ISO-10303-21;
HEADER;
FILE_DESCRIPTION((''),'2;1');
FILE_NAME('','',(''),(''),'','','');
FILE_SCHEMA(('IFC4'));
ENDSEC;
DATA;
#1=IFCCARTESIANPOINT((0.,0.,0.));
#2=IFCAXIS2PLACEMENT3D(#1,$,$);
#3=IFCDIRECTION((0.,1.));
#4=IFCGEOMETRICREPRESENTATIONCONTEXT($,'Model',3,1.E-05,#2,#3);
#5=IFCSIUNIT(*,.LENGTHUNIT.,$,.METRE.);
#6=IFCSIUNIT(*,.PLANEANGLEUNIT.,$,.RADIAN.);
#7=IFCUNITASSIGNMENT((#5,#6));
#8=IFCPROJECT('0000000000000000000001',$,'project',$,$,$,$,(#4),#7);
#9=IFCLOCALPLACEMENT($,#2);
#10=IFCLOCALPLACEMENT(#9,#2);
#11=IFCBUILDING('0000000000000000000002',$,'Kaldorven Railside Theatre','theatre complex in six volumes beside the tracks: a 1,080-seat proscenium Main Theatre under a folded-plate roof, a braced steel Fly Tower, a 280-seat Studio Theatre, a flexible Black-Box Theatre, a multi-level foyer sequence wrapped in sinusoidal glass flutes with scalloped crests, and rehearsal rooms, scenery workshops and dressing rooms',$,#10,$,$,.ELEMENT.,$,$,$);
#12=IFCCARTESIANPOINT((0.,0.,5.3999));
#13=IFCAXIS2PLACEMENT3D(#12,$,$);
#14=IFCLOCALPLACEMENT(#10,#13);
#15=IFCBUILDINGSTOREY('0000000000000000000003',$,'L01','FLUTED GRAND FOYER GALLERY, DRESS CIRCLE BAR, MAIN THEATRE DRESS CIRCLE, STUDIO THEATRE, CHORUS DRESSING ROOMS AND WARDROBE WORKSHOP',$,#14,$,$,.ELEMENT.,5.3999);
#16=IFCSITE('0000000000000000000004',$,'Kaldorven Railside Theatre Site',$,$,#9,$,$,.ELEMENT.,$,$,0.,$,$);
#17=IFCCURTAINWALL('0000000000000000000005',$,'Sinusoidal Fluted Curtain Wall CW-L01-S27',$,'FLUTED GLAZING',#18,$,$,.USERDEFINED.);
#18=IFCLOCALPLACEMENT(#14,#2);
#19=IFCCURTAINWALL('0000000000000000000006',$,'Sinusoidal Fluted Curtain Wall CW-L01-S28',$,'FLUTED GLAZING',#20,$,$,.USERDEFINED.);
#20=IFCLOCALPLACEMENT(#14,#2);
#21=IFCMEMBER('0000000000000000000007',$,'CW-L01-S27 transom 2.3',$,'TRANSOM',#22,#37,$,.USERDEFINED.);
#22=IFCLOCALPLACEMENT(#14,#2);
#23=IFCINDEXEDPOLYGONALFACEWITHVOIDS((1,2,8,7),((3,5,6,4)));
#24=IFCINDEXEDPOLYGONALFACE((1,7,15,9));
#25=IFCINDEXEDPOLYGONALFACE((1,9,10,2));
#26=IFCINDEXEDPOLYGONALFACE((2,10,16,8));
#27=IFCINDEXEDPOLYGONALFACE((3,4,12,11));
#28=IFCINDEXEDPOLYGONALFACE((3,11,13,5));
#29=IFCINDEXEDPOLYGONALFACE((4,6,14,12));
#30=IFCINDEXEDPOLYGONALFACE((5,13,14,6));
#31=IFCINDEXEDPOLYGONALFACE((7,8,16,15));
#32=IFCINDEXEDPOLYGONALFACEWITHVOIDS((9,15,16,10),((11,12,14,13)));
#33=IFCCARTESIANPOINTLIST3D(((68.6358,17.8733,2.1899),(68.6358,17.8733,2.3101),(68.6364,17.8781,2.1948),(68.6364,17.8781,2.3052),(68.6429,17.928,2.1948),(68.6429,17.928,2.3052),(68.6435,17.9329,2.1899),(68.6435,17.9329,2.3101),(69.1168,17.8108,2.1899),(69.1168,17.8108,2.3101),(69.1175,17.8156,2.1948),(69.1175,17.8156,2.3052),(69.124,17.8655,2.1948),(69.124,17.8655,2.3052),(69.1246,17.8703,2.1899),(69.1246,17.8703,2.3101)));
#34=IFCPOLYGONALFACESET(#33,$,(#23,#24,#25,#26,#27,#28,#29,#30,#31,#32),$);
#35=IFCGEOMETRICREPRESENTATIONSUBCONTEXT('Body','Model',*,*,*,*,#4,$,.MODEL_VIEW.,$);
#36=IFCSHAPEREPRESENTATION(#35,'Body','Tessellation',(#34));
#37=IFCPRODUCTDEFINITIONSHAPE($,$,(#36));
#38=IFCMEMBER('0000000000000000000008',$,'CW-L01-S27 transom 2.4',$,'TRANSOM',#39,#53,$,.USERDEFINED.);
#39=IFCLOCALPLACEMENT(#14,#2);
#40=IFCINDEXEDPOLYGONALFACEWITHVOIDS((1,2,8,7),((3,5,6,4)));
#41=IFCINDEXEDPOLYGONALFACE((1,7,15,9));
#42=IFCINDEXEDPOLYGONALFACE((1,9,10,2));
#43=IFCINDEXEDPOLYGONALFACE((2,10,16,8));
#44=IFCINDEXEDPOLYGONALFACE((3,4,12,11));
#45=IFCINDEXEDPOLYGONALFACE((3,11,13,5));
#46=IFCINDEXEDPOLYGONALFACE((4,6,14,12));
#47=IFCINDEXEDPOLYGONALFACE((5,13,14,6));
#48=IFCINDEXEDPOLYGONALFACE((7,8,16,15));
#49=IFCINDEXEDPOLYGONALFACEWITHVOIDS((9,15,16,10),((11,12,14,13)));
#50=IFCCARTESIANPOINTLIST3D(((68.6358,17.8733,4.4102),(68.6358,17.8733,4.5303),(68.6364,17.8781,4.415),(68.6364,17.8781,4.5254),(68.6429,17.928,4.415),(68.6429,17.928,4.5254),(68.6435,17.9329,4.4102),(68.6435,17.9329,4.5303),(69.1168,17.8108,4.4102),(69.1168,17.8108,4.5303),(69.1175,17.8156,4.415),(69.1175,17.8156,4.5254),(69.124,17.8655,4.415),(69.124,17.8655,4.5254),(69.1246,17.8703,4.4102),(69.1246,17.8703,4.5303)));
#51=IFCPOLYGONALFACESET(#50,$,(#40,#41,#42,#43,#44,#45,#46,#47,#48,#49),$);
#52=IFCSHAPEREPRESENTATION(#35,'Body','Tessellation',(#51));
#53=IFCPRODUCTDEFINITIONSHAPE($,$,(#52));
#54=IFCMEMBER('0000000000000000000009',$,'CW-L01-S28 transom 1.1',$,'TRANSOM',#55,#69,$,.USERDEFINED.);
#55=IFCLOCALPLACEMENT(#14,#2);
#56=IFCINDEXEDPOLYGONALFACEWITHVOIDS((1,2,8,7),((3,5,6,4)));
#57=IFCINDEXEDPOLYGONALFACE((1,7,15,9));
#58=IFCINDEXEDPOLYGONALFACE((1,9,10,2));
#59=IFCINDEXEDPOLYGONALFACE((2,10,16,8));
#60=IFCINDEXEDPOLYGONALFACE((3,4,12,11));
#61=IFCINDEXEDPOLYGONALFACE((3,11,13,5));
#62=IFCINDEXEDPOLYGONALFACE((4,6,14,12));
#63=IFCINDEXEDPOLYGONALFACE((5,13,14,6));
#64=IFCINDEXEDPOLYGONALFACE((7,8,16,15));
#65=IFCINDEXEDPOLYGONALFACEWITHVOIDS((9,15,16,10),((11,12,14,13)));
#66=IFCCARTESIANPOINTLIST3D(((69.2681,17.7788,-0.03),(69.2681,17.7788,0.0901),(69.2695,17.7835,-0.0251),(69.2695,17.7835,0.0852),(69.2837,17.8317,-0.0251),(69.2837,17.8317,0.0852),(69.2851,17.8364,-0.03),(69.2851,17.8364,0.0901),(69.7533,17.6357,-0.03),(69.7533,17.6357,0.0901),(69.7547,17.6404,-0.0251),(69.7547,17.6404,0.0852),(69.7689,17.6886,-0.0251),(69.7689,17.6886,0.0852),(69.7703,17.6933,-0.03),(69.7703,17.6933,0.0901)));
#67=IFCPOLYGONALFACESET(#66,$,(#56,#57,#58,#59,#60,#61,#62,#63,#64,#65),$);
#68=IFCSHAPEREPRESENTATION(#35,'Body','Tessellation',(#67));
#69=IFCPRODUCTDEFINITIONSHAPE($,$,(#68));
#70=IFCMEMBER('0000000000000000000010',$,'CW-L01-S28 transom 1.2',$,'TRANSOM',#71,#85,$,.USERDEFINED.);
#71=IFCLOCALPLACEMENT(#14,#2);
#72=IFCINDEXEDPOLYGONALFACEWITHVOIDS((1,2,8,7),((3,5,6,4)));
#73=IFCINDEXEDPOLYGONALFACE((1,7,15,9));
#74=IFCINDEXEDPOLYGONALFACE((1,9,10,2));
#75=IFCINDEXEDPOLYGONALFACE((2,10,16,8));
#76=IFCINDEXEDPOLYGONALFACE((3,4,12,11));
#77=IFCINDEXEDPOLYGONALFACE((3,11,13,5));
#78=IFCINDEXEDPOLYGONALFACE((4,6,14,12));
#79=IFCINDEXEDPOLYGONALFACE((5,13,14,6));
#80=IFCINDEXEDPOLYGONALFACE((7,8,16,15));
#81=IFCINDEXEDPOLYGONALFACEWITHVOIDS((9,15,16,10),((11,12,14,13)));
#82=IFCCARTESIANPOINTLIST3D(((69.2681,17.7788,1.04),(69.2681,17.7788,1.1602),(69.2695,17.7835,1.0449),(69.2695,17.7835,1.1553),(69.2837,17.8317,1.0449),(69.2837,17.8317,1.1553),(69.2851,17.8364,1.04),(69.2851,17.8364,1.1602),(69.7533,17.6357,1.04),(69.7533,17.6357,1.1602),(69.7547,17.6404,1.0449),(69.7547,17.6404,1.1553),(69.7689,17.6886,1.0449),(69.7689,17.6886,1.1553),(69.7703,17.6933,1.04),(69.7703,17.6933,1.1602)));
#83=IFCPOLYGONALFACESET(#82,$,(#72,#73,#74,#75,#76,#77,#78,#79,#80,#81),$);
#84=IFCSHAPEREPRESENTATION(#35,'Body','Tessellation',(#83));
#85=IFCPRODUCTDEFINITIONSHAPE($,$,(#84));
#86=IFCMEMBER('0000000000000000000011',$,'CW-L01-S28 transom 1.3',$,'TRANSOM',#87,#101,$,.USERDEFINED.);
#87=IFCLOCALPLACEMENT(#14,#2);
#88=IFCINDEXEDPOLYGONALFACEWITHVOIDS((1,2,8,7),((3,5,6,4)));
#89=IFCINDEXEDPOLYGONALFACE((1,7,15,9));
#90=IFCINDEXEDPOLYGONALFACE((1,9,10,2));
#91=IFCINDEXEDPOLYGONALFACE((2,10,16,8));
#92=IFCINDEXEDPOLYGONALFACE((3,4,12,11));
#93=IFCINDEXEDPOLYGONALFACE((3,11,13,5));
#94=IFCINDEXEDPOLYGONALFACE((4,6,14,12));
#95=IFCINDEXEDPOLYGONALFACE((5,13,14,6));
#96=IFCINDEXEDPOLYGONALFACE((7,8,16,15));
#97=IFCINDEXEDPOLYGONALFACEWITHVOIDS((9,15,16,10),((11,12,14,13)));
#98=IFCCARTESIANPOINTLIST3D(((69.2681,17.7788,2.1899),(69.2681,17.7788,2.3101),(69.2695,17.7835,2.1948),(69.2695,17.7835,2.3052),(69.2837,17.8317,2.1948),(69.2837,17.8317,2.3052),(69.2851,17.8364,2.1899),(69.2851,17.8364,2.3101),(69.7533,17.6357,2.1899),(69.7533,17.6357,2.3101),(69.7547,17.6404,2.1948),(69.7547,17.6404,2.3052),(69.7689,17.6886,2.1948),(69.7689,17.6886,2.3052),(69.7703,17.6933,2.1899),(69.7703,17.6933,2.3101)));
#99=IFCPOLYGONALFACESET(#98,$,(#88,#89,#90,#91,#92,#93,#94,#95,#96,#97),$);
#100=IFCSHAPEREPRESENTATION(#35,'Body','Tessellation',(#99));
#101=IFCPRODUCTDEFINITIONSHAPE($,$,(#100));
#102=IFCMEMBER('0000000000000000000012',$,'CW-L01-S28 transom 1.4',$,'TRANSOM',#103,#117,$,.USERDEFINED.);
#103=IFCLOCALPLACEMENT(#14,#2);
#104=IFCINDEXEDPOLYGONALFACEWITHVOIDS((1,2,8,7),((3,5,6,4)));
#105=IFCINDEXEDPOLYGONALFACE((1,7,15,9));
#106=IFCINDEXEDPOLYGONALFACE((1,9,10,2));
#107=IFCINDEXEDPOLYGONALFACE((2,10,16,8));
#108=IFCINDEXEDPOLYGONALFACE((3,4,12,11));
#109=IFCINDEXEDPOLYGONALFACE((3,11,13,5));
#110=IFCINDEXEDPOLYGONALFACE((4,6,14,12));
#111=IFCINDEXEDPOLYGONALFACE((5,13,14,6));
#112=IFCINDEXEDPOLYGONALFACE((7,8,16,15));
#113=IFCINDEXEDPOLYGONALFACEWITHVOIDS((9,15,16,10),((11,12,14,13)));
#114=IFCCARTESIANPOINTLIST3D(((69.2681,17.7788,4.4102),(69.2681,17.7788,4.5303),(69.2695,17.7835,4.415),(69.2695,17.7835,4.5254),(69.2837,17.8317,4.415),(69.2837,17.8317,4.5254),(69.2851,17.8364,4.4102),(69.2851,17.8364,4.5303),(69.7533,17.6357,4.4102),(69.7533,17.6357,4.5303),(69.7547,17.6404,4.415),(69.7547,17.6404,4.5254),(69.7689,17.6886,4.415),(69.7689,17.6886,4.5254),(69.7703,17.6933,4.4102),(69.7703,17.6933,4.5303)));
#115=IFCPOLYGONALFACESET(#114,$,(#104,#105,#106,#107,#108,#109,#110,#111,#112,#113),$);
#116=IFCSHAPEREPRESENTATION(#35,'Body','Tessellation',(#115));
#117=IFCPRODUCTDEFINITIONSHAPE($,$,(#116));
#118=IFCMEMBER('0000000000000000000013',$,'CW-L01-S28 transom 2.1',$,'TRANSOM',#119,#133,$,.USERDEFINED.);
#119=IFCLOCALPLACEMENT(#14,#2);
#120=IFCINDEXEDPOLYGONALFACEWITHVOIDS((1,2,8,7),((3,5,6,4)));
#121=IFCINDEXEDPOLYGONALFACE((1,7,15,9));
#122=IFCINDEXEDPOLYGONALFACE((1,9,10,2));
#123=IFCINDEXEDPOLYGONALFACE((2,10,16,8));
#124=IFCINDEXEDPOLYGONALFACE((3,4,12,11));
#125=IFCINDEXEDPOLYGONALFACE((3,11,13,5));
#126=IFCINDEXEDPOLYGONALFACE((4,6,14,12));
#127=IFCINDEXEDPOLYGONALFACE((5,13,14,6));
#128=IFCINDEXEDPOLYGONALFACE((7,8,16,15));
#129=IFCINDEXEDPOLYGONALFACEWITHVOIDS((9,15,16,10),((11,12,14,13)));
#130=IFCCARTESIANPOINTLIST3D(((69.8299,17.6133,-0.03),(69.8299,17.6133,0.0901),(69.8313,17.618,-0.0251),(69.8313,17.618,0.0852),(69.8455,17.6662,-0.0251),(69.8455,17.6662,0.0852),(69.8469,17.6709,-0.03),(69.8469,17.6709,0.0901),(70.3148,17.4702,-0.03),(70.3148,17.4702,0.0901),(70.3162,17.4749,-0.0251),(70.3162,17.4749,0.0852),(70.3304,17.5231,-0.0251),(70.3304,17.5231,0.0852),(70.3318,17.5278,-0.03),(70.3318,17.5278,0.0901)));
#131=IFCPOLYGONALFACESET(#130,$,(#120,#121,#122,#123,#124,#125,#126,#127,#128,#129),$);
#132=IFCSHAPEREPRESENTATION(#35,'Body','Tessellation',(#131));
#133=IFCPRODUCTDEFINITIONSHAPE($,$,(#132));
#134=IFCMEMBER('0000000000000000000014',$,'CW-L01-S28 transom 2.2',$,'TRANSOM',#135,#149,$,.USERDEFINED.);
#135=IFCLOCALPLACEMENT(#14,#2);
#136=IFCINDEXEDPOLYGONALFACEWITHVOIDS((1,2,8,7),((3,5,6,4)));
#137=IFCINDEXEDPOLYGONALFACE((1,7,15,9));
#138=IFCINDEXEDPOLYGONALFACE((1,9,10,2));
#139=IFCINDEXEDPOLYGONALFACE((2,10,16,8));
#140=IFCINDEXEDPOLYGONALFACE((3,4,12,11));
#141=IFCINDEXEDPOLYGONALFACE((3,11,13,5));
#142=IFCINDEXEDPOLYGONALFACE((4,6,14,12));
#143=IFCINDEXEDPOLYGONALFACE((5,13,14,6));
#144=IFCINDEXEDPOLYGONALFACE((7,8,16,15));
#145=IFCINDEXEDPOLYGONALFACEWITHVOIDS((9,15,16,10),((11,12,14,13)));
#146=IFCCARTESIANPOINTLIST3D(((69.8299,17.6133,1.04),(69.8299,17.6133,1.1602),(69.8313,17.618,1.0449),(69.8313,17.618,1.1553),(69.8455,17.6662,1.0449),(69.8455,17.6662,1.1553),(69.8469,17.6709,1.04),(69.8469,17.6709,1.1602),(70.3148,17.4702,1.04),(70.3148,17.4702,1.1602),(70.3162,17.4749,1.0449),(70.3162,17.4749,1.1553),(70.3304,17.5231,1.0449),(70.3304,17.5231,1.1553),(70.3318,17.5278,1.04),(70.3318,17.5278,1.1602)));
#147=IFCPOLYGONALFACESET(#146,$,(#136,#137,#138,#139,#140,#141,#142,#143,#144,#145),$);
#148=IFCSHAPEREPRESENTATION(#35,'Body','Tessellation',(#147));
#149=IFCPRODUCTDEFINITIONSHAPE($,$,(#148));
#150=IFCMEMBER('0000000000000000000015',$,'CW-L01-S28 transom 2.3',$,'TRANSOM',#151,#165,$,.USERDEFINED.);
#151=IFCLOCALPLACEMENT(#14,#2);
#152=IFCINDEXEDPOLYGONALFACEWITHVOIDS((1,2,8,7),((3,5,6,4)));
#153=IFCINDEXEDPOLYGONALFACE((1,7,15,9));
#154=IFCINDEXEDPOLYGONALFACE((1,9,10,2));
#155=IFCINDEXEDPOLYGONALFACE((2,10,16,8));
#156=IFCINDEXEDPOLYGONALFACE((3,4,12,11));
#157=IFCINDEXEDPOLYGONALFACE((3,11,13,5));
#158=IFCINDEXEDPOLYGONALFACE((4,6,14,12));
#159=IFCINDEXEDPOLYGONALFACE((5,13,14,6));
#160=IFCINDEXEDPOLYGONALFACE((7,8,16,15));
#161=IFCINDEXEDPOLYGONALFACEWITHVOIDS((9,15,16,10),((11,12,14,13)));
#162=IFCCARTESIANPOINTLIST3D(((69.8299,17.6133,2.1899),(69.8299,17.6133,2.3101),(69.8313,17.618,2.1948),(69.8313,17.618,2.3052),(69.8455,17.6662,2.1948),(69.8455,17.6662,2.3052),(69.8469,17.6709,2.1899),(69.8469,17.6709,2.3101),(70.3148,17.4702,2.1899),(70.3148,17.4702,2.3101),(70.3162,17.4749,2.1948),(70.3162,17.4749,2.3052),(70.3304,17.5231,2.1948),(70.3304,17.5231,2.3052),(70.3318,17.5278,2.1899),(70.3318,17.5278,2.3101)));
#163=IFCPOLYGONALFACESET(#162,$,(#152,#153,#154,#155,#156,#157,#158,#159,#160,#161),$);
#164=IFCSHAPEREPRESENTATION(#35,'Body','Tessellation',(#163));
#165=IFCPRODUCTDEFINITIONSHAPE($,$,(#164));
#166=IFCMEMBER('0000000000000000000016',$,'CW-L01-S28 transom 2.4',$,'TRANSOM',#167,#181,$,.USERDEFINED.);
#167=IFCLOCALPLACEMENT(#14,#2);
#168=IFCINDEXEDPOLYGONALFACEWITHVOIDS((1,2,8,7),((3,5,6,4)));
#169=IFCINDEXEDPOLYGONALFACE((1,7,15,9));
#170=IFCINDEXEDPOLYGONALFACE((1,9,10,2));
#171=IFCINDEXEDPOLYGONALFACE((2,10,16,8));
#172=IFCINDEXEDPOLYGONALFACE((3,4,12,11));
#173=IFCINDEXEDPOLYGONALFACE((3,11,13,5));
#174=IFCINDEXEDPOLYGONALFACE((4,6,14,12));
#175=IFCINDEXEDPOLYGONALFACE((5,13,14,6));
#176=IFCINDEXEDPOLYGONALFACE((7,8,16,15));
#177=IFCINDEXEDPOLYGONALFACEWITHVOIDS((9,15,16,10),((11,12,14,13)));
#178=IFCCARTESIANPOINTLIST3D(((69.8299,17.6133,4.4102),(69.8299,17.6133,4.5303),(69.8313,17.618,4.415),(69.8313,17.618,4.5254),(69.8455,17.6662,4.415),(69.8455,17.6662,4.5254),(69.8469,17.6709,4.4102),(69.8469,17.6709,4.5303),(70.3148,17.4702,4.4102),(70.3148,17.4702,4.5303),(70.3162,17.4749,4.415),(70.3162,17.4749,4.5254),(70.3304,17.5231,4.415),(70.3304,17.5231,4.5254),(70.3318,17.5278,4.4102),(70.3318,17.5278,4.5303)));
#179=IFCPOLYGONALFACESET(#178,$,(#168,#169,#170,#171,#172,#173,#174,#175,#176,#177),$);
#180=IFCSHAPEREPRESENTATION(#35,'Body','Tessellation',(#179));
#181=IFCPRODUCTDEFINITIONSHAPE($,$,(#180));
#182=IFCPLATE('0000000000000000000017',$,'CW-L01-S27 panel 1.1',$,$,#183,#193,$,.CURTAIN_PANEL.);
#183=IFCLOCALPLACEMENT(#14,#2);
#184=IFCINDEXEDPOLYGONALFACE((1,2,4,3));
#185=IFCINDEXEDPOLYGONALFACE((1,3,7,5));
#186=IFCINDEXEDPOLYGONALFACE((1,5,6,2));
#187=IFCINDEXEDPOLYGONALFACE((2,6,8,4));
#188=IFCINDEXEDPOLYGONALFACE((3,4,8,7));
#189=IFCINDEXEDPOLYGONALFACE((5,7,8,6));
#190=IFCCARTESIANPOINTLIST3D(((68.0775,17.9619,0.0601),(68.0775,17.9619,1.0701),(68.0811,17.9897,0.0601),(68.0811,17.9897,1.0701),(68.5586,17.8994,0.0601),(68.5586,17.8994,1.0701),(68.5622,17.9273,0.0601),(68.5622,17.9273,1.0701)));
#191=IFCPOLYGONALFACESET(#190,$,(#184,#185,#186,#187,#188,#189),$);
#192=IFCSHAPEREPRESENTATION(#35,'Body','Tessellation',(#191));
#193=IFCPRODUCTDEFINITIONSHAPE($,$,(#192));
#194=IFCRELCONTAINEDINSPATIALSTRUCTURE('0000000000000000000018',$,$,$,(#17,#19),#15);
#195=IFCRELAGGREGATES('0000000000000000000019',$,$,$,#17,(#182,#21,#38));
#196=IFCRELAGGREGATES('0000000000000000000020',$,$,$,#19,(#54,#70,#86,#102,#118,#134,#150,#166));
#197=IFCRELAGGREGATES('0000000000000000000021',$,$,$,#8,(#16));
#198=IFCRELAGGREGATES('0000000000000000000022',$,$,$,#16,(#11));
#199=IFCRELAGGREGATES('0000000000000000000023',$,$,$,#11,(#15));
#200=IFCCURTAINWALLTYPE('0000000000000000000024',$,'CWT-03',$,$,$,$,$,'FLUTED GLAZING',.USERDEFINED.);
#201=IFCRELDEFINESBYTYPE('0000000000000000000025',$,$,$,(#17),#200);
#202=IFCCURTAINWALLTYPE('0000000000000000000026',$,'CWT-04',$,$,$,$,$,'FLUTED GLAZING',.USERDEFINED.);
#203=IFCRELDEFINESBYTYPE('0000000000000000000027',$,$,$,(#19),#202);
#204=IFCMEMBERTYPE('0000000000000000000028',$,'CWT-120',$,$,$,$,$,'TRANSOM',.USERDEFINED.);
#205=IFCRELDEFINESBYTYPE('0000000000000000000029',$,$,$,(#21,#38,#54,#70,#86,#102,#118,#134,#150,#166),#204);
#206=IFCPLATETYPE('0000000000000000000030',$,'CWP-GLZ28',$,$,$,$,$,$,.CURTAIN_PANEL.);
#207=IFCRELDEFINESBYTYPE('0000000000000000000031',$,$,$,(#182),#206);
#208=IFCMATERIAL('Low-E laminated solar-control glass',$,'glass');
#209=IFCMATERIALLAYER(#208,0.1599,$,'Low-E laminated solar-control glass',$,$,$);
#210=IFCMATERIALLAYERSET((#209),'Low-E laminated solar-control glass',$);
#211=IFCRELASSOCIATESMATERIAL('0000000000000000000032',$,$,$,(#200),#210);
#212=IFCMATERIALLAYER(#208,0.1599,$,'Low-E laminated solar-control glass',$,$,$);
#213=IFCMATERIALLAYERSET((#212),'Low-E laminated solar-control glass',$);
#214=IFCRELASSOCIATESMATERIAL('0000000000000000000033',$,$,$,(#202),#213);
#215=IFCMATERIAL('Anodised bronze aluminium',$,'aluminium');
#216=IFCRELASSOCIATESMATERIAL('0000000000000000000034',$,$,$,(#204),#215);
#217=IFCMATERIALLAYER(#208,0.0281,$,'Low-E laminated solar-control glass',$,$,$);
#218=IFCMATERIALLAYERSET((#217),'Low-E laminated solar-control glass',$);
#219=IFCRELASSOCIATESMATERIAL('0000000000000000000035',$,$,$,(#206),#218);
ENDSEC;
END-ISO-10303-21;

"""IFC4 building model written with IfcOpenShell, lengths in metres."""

from ifc_helpers import new_model, si_unit, direction, frame, origin, origin_2d, place, context, subcontext, project, spatial, rectangle, hollow_rectangle, extrude, material, layer, layer_set, material_profile, profile_set, type_object, element, aggregate, save


model = new_model("IFC4")

# Units and contexts
model_context = context("Model", 3, precision=1e-05, world=origin(), true_north=direction((0.0, 1.0)))
body_context = subcontext(model_context, "Body", "Model", "MODEL_VIEW")
ifc_project = project(units=[si_unit("LENGTHUNIT", "METRE"), si_unit("PLANEANGLEUNIT", "RADIAN")], contexts=[model_context])

# Site, building, storey
site_placement = place(None, origin())
site = spatial("IfcSite", under=ifc_project, at=site_placement, Name="Kaldorven Railside Theatre Site", CompositionType="ELEMENT", RefElevation=0.0)
building_placement = place(site_placement, origin())
building = spatial("IfcBuilding", under=site, at=building_placement, Name="Kaldorven Railside Theatre", Description="theatre complex in six volumes beside the tracks: a 1,080-seat proscenium Main Theatre under a folded-plate roof, a braced steel Fly Tower, a 280-seat Studio Theatre, a flexible Black-Box Theatre, a multi-level foyer sequence wrapped in sinusoidal glass flutes with scalloped crests, and rehearsal rooms, scenery workshops and dressing rooms", CompositionType="ELEMENT")
storey_placement = place(building_placement, frame((0.0, 0.0, 5.3999)))
storey = spatial("IfcBuildingStorey", under=building, at=storey_placement, Name="L01", Description="FLUTED GRAND FOYER GALLERY, DRESS CIRCLE BAR, MAIN THEATRE DRESS CIRCLE, STUDIO THEATRE, CHORUS DRESSING ROOMS AND WARDROBE WORKSHOP", CompositionType="ELEMENT", Elevation=5.3999)

# Curtain walls
ifc_material_1 = material(Name="Low-E laminated solar-control glass", Category="glass")
ifc_layer_1 = layer(ifc_material_1, 0.1599, Name="Low-E laminated solar-control glass")
ifc_layer_set_1 = layer_set([ifc_layer_1], Name="Low-E laminated solar-control glass")
curtain_wall_type_1 = type_object("IfcCurtainWallType", Name="CWT-03", ElementType="FLUTED GLAZING", PredefinedType="USERDEFINED", material=ifc_layer_set_1)
curtain_wall_1_placement = place(storey_placement, origin())
curtain_wall_1 = element("IfcCurtainWall", 1, at=curtain_wall_1_placement, inside=storey, type_object=curtain_wall_type_1, Name="Sinusoidal Fluted Curtain Wall CW-L01-S27", ObjectType="FLUTED GLAZING", PredefinedType="USERDEFINED")
ifc_material_2 = material(Name="Anodised bronze aluminium", Category="aluminium")
ifc_layer_2 = layer(ifc_material_1, 0.1599, Name="Low-E laminated solar-control glass")
ifc_layer_set_2 = layer_set([ifc_layer_2], Name="Low-E laminated solar-control glass")
curtain_wall_type_2 = type_object("IfcCurtainWallType", Name="CWT-04", ElementType="FLUTED GLAZING", PredefinedType="USERDEFINED", material=ifc_layer_set_2)
curtain_wall_2_placement = place(storey_placement, origin())
curtain_wall_2 = element("IfcCurtainWall", 2, at=curtain_wall_2_placement, inside=storey, type_object=curtain_wall_type_2, Name="Sinusoidal Fluted Curtain Wall CW-L01-S28", ObjectType="FLUTED GLAZING", PredefinedType="USERDEFINED")

# Members
ifc_material_profile_1 = material_profile(ifc_material_2, hollow_rectangle(XDim=0.0601, YDim=0.1201, WallThickness=0.0049, at=origin_2d()), Name="RHS 120x60x5")
ifc_profile_set_1 = profile_set([ifc_material_profile_1], Name="Anodised bronze aluminium")
member_type_1 = type_object("IfcMemberType", Name="CWT-120", ElementType="TRANSOM", PredefinedType="USERDEFINED", material=ifc_profile_set_1)
member_1_placement = place(storey_placement, frame((68.6396, 17.9031, 2.25), z_axis=(0.991662, -0.128866, 0.0), x_axis=(0.128866, 0.991662, 0.0)))
member_1 = element("IfcMember", 3, at=member_1_placement, type_object=member_type_1, Name="CW-L01-S27 transom 2.3", ObjectType="TRANSOM", PredefinedType="USERDEFINED", context=body_context, shape_type="SweptSolid", body=[
    extrude(hollow_rectangle(XDim=0.0601, YDim=0.1201, WallThickness=0.0049, at=origin_2d()), origin(), (0.0, 0.0, 1.0), 0.4851),
])
member_2_placement = place(storey_placement, frame((68.6396, 17.9031, 4.4702), z_axis=(0.991662, -0.128866, 0.0), x_axis=(0.128866, 0.991662, 0.0)))
member_2 = element("IfcMember", 4, at=member_2_placement, type_object=member_type_1, Name="CW-L01-S27 transom 2.4", ObjectType="TRANSOM", PredefinedType="USERDEFINED", context=body_context, shape_type="SweptSolid", body=[
    extrude(hollow_rectangle(XDim=0.0601, YDim=0.1201, WallThickness=0.0049, at=origin_2d()), origin(), (0.0, 0.0, 1.0), 0.4851),
])
member_3_placement = place(storey_placement, frame((69.2766, 17.8076, 0.03), z_axis=(0.959158, -0.282872, 0.0), x_axis=(0.282872, 0.959158, 0.0)))
member_3 = element("IfcMember", 5, at=member_3_placement, type_object=member_type_1, Name="CW-L01-S28 transom 1.1", ObjectType="TRANSOM", PredefinedType="USERDEFINED", context=body_context, shape_type="SweptSolid", body=[
    extrude(hollow_rectangle(XDim=0.0601, YDim=0.1201, WallThickness=0.0049, at=origin_2d()), origin(), (0.0, 0.0, 1.0), 0.5059),
])
member_4_placement = place(storey_placement, frame((69.2766, 17.8076, 1.1001), z_axis=(0.959158, -0.282872, 0.0), x_axis=(0.282872, 0.959158, 0.0)))
member_4 = element("IfcMember", 6, at=member_4_placement, type_object=member_type_1, Name="CW-L01-S28 transom 1.2", ObjectType="TRANSOM", PredefinedType="USERDEFINED", context=body_context, shape_type="SweptSolid", body=[
    extrude(hollow_rectangle(XDim=0.0601, YDim=0.1201, WallThickness=0.0049, at=origin_2d()), origin(), (0.0, 0.0, 1.0), 0.5059),
])
member_5_placement = place(storey_placement, frame((69.2766, 17.8076, 2.25), z_axis=(0.959158, -0.282872, 0.0), x_axis=(0.282872, 0.959158, 0.0)))
member_5 = element("IfcMember", 7, at=member_5_placement, type_object=member_type_1, Name="CW-L01-S28 transom 1.3", ObjectType="TRANSOM", PredefinedType="USERDEFINED", context=body_context, shape_type="SweptSolid", body=[
    extrude(hollow_rectangle(XDim=0.0601, YDim=0.1201, WallThickness=0.0049, at=origin_2d()), origin(), (0.0, 0.0, 1.0), 0.5059),
])
member_6_placement = place(storey_placement, frame((69.2766, 17.8076, 4.4702), z_axis=(0.959158, -0.282872, 0.0), x_axis=(0.282872, 0.959158, 0.0)))
member_6 = element("IfcMember", 8, at=member_6_placement, type_object=member_type_1, Name="CW-L01-S28 transom 1.4", ObjectType="TRANSOM", PredefinedType="USERDEFINED", context=body_context, shape_type="SweptSolid", body=[
    extrude(hollow_rectangle(XDim=0.0601, YDim=0.1201, WallThickness=0.0049, at=origin_2d()), origin(), (0.0, 0.0, 1.0), 0.5059),
])
member_7_placement = place(storey_placement, frame((69.8384, 17.6421, 0.03), z_axis=(0.959119, -0.283003, 0.0), x_axis=(0.283003, 0.959119, 0.0)))
member_7 = element("IfcMember", 9, at=member_7_placement, type_object=member_type_1, Name="CW-L01-S28 transom 2.1", ObjectType="TRANSOM", PredefinedType="USERDEFINED", context=body_context, shape_type="SweptSolid", body=[
    extrude(hollow_rectangle(XDim=0.0601, YDim=0.1201, WallThickness=0.0049, at=origin_2d()), origin(), (0.0, 0.0, 1.0), 0.5056),
])
member_8_placement = place(storey_placement, frame((69.8384, 17.6421, 1.1001), z_axis=(0.959119, -0.283003, 0.0), x_axis=(0.283003, 0.959119, 0.0)))
member_8 = element("IfcMember", 10, at=member_8_placement, type_object=member_type_1, Name="CW-L01-S28 transom 2.2", ObjectType="TRANSOM", PredefinedType="USERDEFINED", context=body_context, shape_type="SweptSolid", body=[
    extrude(hollow_rectangle(XDim=0.0601, YDim=0.1201, WallThickness=0.0049, at=origin_2d()), origin(), (0.0, 0.0, 1.0), 0.5056),
])
member_9_placement = place(storey_placement, frame((69.8384, 17.6421, 2.25), z_axis=(0.959119, -0.283003, 0.0), x_axis=(0.283003, 0.959119, 0.0)))
member_9 = element("IfcMember", 11, at=member_9_placement, type_object=member_type_1, Name="CW-L01-S28 transom 2.3", ObjectType="TRANSOM", PredefinedType="USERDEFINED", context=body_context, shape_type="SweptSolid", body=[
    extrude(hollow_rectangle(XDim=0.0601, YDim=0.1201, WallThickness=0.0049, at=origin_2d()), origin(), (0.0, 0.0, 1.0), 0.5056),
])
member_10_placement = place(storey_placement, frame((69.8384, 17.6421, 4.4702), z_axis=(0.959119, -0.283003, 0.0), x_axis=(0.283003, 0.959119, 0.0)))
member_10 = element("IfcMember", 12, at=member_10_placement, type_object=member_type_1, Name="CW-L01-S28 transom 2.4", ObjectType="TRANSOM", PredefinedType="USERDEFINED", context=body_context, shape_type="SweptSolid", body=[
    extrude(hollow_rectangle(XDim=0.0601, YDim=0.1201, WallThickness=0.0049, at=origin_2d()), origin(), (0.0, 0.0, 1.0), 0.5056),
])

# Plate
ifc_layer_3 = layer(ifc_material_1, 0.0281, Name="Low-E laminated solar-control glass")
ifc_layer_set_3 = layer_set([ifc_layer_3], Name="Low-E laminated solar-control glass")
plate_type = type_object("IfcPlateType", Name="CWP-GLZ28", PredefinedType="CURTAIN_PANEL", material=ifc_layer_set_3)
plate_1_placement = place(storey_placement, frame((68.3198, 17.9446, 0.0601), z_axis=(0.0, 0.0, 1.0), x_axis=(0.991677, -0.128753, 0.0)))
plate_1 = element("IfcPlate", 13, at=plate_1_placement, type_object=plate_type, Name="CW-L01-S27 panel 1.1", PredefinedType="CURTAIN_PANEL", context=body_context, shape_type="SweptSolid", body=[
    extrude(rectangle(XDim=0.4851, YDim=0.0281, at=origin_2d()), origin(), (0.0, 0.0, 1.0), 1.01),
])
aggregate(curtain_wall_1, [plate_1, member_1, member_2])
aggregate(curtain_wall_2, [member_3, member_4, member_5, member_6, member_7, member_8, member_9, member_10])

save(model, "model.ifc")
